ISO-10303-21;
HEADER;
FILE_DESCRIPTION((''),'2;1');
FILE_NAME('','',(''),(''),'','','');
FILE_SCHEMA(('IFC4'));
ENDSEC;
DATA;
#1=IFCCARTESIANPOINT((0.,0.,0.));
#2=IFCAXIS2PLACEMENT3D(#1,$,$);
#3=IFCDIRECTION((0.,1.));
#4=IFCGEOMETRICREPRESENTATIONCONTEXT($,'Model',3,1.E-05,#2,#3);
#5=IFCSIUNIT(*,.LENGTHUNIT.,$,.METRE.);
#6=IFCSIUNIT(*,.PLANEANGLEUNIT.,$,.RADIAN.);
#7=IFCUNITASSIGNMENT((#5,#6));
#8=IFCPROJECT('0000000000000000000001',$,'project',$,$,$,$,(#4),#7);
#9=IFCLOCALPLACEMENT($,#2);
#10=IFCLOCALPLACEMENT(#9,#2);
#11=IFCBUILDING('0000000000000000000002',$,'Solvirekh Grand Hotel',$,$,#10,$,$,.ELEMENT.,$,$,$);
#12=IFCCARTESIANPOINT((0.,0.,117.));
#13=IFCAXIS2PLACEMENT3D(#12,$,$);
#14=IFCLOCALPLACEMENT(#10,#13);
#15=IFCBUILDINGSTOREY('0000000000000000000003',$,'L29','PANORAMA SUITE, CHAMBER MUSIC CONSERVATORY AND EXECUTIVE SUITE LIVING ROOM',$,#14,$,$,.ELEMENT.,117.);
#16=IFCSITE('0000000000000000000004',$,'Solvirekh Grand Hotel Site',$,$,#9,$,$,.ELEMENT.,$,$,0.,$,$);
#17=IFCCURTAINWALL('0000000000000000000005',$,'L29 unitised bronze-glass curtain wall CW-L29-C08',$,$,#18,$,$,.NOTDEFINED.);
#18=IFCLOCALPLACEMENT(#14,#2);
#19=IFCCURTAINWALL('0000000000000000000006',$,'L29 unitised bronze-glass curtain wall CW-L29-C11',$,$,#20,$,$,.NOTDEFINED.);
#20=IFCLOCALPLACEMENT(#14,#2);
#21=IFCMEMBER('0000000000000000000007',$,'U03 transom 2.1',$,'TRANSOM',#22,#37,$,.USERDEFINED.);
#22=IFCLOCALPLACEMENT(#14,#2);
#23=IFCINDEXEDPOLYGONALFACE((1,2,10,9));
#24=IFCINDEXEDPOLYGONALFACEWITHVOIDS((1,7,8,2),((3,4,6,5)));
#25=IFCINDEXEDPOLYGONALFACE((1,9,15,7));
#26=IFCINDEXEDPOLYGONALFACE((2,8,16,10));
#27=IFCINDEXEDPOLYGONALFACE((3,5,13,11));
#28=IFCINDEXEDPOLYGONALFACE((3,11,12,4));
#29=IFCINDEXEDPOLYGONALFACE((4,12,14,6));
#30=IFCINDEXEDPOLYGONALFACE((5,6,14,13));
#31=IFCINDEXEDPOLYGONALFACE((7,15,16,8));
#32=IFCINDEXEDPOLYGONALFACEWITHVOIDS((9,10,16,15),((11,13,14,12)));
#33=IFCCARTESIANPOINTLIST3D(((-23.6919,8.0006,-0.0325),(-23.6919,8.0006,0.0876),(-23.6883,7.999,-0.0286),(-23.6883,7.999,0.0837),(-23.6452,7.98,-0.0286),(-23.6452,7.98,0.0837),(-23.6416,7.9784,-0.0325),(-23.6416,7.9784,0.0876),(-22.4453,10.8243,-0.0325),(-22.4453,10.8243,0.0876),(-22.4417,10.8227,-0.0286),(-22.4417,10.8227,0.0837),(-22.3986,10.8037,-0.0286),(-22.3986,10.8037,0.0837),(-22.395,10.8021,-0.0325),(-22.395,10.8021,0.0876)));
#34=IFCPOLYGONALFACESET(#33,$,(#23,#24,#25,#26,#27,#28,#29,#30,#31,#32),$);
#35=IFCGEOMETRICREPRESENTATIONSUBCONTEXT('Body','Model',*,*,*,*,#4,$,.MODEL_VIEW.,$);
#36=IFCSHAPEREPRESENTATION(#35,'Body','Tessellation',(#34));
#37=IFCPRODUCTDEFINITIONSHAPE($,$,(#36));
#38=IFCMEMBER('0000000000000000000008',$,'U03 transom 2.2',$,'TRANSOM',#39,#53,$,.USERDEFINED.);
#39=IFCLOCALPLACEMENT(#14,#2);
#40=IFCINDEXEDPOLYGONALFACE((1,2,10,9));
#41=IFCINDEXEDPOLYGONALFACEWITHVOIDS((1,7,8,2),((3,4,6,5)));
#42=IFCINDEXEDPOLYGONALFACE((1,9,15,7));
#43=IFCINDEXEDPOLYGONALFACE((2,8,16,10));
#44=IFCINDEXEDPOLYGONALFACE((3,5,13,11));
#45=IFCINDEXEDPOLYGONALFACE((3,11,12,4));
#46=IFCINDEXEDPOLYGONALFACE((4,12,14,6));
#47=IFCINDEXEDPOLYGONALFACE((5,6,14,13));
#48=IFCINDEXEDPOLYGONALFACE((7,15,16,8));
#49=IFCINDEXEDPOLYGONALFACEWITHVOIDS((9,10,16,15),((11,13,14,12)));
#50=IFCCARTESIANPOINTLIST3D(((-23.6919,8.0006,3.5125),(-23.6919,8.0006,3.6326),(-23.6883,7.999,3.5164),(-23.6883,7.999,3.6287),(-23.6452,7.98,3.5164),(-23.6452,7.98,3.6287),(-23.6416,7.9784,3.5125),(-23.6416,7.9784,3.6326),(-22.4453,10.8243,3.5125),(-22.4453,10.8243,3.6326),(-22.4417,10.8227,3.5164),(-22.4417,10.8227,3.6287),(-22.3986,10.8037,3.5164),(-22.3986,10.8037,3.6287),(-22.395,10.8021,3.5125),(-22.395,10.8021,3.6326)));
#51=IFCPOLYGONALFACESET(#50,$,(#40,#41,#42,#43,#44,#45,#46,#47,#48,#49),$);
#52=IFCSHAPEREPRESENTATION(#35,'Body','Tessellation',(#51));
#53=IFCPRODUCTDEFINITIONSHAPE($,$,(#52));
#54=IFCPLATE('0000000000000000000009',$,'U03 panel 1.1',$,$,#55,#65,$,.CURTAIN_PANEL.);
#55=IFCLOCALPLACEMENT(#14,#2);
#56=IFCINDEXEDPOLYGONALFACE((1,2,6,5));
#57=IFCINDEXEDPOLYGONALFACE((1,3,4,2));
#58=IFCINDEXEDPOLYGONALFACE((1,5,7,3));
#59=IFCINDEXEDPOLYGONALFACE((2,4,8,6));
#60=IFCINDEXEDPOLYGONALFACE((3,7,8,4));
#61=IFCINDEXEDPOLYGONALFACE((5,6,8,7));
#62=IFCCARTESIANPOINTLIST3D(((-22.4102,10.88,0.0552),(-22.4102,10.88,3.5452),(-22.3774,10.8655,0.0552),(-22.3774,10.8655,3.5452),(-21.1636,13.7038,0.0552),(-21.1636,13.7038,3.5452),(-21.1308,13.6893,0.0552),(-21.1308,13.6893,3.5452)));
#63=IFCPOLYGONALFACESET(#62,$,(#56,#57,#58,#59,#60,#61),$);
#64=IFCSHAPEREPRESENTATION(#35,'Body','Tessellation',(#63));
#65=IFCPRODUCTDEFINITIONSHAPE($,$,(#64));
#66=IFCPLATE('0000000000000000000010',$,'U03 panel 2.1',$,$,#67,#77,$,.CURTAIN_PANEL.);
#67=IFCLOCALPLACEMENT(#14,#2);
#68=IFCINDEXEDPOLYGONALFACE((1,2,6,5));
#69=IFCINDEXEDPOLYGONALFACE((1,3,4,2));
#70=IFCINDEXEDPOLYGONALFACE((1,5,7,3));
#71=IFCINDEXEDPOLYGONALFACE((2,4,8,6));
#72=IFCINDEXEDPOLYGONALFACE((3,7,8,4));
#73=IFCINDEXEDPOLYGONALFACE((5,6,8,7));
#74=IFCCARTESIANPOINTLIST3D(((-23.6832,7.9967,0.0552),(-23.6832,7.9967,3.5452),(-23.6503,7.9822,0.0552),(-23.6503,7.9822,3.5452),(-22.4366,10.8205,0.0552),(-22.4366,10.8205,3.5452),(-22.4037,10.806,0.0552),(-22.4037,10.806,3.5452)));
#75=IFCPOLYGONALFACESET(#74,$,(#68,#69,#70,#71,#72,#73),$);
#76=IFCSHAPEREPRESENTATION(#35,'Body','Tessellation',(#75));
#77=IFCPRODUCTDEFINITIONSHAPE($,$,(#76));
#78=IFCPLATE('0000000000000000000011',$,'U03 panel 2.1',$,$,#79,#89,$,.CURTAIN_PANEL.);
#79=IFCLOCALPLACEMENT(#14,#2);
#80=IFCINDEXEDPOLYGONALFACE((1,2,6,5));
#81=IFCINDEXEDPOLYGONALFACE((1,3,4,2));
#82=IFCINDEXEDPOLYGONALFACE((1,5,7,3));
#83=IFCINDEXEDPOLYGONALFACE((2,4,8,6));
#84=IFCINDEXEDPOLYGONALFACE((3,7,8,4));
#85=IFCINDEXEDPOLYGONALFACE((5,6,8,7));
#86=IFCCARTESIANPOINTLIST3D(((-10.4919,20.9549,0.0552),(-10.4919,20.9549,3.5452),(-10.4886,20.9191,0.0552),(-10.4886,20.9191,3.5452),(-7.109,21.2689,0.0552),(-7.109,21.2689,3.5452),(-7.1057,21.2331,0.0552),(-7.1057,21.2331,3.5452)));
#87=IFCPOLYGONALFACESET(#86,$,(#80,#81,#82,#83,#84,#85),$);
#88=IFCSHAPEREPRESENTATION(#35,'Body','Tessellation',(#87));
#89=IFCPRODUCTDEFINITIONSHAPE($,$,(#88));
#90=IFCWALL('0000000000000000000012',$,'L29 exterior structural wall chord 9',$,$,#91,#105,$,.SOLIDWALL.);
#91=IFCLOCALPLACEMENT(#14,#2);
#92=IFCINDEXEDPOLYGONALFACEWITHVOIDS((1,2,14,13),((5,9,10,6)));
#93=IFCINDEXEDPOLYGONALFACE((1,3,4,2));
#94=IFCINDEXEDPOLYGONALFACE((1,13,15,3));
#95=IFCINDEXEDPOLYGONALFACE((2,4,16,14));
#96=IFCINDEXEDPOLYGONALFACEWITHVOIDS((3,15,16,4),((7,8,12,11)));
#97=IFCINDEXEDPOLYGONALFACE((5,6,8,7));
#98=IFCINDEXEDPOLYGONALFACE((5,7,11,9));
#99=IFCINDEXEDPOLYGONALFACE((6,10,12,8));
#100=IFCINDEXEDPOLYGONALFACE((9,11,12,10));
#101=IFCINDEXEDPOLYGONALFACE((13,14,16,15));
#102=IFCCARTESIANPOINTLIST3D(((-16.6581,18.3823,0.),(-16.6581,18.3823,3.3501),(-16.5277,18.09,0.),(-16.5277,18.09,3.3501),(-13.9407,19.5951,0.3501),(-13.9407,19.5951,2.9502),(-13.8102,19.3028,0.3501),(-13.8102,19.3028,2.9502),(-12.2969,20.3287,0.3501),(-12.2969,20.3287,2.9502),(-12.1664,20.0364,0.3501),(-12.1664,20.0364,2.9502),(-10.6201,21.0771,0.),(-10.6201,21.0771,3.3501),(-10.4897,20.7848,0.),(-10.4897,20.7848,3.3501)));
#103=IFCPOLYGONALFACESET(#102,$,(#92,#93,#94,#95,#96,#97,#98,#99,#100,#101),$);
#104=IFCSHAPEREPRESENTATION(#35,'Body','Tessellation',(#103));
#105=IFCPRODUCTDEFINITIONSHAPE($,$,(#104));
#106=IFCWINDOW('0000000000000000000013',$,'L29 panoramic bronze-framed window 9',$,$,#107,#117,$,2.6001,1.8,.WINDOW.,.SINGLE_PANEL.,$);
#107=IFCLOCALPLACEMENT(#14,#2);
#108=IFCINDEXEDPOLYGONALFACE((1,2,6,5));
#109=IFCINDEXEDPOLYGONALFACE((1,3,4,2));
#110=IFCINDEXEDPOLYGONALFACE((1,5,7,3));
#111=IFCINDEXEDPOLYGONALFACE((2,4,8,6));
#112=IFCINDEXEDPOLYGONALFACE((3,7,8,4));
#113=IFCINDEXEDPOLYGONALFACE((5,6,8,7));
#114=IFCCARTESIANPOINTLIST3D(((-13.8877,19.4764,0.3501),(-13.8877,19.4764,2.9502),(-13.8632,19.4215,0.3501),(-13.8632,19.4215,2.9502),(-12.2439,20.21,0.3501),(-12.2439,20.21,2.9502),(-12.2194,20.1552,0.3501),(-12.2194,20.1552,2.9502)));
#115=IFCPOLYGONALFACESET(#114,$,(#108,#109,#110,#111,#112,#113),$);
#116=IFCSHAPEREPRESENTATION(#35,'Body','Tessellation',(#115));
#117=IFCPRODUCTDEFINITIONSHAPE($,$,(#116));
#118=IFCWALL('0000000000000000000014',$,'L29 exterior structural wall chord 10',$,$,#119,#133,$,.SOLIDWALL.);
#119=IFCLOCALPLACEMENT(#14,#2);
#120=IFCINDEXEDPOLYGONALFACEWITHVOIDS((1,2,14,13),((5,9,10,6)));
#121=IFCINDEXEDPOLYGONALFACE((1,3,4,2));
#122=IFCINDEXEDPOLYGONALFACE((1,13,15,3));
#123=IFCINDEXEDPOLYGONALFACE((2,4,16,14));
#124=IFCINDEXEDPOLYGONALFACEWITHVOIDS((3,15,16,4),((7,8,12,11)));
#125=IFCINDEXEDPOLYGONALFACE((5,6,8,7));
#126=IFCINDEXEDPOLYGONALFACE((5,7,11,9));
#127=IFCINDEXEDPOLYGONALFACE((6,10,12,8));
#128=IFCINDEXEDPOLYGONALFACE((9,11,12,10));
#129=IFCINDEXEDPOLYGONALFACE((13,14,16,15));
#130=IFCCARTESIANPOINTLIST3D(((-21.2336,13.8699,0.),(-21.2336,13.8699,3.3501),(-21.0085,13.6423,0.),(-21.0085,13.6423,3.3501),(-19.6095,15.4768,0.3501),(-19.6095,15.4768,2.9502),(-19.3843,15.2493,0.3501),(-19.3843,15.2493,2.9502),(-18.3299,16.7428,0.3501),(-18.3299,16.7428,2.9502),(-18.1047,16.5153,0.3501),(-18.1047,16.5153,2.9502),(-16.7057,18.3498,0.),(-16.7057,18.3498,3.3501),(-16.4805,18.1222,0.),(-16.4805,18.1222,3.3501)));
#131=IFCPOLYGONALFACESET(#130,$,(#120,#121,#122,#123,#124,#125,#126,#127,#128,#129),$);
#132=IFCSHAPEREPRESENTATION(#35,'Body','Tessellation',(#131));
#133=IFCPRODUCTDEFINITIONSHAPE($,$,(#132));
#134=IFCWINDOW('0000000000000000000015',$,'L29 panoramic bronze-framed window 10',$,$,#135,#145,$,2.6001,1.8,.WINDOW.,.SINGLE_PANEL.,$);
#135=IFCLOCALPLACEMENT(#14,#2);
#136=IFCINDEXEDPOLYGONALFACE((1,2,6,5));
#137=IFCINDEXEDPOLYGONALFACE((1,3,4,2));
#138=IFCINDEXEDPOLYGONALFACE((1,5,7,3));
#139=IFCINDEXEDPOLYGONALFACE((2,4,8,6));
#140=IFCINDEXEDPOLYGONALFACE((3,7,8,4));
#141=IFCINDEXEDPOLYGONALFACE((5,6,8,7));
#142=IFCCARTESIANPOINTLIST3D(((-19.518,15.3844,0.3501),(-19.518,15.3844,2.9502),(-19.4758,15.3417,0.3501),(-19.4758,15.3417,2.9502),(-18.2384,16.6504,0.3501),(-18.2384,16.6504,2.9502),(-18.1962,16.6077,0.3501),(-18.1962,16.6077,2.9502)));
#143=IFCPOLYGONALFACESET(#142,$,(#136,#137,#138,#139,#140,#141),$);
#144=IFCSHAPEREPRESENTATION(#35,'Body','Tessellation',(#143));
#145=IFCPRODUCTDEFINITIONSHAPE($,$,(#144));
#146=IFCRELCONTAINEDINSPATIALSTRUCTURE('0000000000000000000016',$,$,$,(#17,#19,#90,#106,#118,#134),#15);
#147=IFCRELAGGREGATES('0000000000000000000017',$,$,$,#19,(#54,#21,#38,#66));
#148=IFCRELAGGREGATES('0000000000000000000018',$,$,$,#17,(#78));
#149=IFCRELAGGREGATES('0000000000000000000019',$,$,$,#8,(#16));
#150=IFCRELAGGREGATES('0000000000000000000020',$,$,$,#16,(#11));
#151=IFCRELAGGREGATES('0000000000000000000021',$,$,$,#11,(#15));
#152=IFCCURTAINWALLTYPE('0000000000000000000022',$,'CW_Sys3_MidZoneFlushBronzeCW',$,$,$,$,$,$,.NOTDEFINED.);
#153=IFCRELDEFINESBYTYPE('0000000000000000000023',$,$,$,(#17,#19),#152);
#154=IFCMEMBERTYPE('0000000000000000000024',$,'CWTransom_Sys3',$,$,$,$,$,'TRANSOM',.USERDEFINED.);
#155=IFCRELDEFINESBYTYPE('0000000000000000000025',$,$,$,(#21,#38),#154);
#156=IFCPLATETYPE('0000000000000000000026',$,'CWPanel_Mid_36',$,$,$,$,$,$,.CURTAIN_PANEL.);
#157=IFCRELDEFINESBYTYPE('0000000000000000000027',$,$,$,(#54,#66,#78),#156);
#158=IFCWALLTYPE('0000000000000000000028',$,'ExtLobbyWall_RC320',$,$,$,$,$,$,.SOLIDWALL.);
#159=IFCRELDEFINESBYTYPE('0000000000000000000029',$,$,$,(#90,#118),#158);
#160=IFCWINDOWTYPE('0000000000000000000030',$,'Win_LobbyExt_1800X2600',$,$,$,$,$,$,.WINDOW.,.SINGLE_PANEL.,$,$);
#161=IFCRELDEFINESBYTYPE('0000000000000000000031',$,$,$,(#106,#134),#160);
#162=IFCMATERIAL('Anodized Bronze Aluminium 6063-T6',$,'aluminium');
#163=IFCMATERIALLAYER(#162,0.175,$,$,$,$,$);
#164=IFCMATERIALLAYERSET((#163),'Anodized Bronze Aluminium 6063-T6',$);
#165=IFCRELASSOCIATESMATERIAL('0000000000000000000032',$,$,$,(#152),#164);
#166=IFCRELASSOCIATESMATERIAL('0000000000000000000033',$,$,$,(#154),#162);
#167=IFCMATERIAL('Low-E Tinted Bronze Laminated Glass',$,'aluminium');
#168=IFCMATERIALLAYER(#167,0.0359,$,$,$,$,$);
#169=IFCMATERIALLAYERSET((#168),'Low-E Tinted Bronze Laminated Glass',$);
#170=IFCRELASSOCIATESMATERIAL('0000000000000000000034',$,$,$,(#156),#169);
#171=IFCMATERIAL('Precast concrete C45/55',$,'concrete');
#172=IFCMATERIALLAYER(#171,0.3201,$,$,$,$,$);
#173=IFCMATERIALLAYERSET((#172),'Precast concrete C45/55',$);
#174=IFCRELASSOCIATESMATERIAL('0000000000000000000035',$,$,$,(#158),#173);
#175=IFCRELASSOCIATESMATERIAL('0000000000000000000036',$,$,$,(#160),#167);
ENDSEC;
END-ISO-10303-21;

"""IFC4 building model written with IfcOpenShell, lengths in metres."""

from ifc_helpers import new_model, si_unit, direction, frame, frame_2d, origin, origin_2d, place, context, subcontext, project, spatial, rectangle, hollow_rectangle, extrude, source, transform, mapped, material, layer, layer_set, material_profile, profile_set, type_object, element, fill, aggregate, save


model = new_model("IFC4")

# Units and contexts
model_context = context("Model", 3, precision=1e-05, world=origin(), true_north=direction((0.0, 1.0)))
body_context = subcontext(model_context, "Body", "Model", "MODEL_VIEW")
ifc_project = project(units=[si_unit("LENGTHUNIT", "METRE"), si_unit("PLANEANGLEUNIT", "RADIAN")], contexts=[model_context])

# Site, building, storey
site_placement = place(None, origin())
site = spatial("IfcSite", under=ifc_project, at=site_placement, Name="Solvirekh Grand Hotel Site", CompositionType="ELEMENT", RefElevation=0.0)
building_placement = place(site_placement, origin())
building = spatial("IfcBuilding", under=site, at=building_placement, Name="Solvirekh Grand Hotel", CompositionType="ELEMENT")
storey_placement = place(building_placement, frame((0.0, 0.0, 117.0)))
storey = spatial("IfcBuildingStorey", under=building, at=storey_placement, Name="L29", Description="PANORAMA SUITE, CHAMBER MUSIC CONSERVATORY AND EXECUTIVE SUITE LIVING ROOM", CompositionType="ELEMENT", Elevation=117.0)

# Curtain wall
ifc_material_1 = material(Name="Anodized Bronze Aluminium 6063-T6", Category="aluminium")
ifc_layer_1 = layer(ifc_material_1, 0.175)
ifc_layer_set_1 = layer_set([ifc_layer_1], Name="Anodized Bronze Aluminium 6063-T6")
curtain_wall_type = type_object("IfcCurtainWallType", Name="CW_Sys3_MidZoneFlushBronzeCW", PredefinedType="NOTDEFINED", material=ifc_layer_set_1)
curtain_wall_1_placement = place(storey_placement, origin())
curtain_wall_1 = element("IfcCurtainWall", 1, at=curtain_wall_1_placement, inside=storey, type_object=curtain_wall_type, Name="L29 unitised bronze-glass curtain wall CW-L29-C08", PredefinedType="NOTDEFINED")

# Curtain wall, members, plates
curtain_wall_2_placement = place(storey_placement, origin())
curtain_wall_2 = element("IfcCurtainWall", 2, at=curtain_wall_2_placement, inside=storey, type_object=curtain_wall_type, Name="L29 unitised bronze-glass curtain wall CW-L29-C11", PredefinedType="NOTDEFINED")
ifc_material_profile_1 = material_profile(ifc_material_1, hollow_rectangle(XDim=0.0549, YDim=0.1201, WallThickness=0.0039, at=origin_2d()), Name="ALU RHS 120X55X4")
ifc_profile_set_1 = profile_set([ifc_material_profile_1], Name="Anodized Bronze Aluminium 6063-T6")
member_type_1 = type_object("IfcMemberType", Name="CWTransom_Sys3", ElementType="TRANSOM", PredefinedType="USERDEFINED", material=ifc_profile_set_1)
shared_shape_1 = source(origin(), body_context, "Body", "SweptSolid", [
    extrude(hollow_rectangle(XDim=0.0549, YDim=0.1201, WallThickness=0.0039, at=origin_2d()), origin(), (0.0, 0.0, 1.0), 3.0867),
])
member_1_placement = place(storey_placement, frame((-22.4202, 10.8132, 0.0276), z_axis=(-0.403862, -0.91482, 0.0), x_axis=(0.91482, -0.403862, 0.0)))
member_1 = element("IfcMember", 3, at=member_1_placement, type_object=member_type_1, Name="U03 transom 2.1", ObjectType="TRANSOM", PredefinedType="USERDEFINED", context=body_context, shape_type="MappedRepresentation", body=[
    mapped(shared_shape_1, transform((0.0, 0.0, 0.0), x_axis=(1.0, 0.0, 0.0), y_axis=(0.0, 1.0, 0.0), z_axis=(0.0, 0.0, 1.0), scale=1.0)),
])
member_2_placement = place(storey_placement, frame((-22.4202, 10.8132, 3.5725), z_axis=(-0.403862, -0.91482, 0.0), x_axis=(0.91482, -0.403862, 0.0)))
member_2 = element("IfcMember", 4, at=member_2_placement, type_object=member_type_1, Name="U03 transom 2.2", ObjectType="TRANSOM", PredefinedType="USERDEFINED", context=body_context, shape_type="MappedRepresentation", body=[
    mapped(shared_shape_1, transform((0.0, 0.0, 0.0), x_axis=(1.0, 0.0, 0.0), y_axis=(0.0, 1.0, 0.0), z_axis=(0.0, 0.0, 1.0), scale=1.0)),
])
ifc_material_2 = material(Name="Low-E Tinted Bronze Laminated Glass", Category="aluminium")
ifc_layer_2 = layer(ifc_material_2, 0.0359)
ifc_layer_set_2 = layer_set([ifc_layer_2], Name="Low-E Tinted Bronze Laminated Glass")
plate_type = type_object("IfcPlateType", Name="CWPanel_Mid_36", PredefinedType="CURTAIN_PANEL", material=ifc_layer_set_2)
shared_shape_2 = source(origin(), body_context, "Body", "SweptSolid", [
    extrude(rectangle(XDim=3.0867, YDim=0.0359, at=origin_2d()), origin(), (0.0, 0.0, 1.0), 3.49),
])
plate_1_placement = place(storey_placement, frame((-21.7705, 12.2847, 0.0552), z_axis=(0.0, 0.0, 1.0), x_axis=(-0.403864, -0.914819, 0.0)))
plate_1 = element("IfcPlate", 5, at=plate_1_placement, type_object=plate_type, Name="U03 panel 1.1", PredefinedType="CURTAIN_PANEL", context=body_context, shape_type="MappedRepresentation", body=[
    mapped(shared_shape_2, transform((0.0, 0.0, 0.0), x_axis=(1.0, 0.0, 0.0), y_axis=(0.0, 1.0, 0.0), z_axis=(0.0, 0.0, 1.0), scale=1.0)),
])
plate_2_placement = place(storey_placement, frame((-23.0435, 9.4014, 0.0552), z_axis=(0.0, 0.0, 1.0), x_axis=(-0.403864, -0.914819, 0.0)))
plate_2 = element("IfcPlate", 6, at=plate_2_placement, type_object=plate_type, Name="U03 panel 2.1", PredefinedType="CURTAIN_PANEL", context=body_context, shape_type="MappedRepresentation", body=[
    mapped(shared_shape_2, transform((0.0, 0.0, 0.0), x_axis=(1.0, 0.0, 0.0), y_axis=(0.0, 1.0, 0.0), z_axis=(0.0, 0.0, 1.0), scale=1.0)),
])
aggregate(curtain_wall_2, [plate_1, member_1, member_2, plate_2])

# Plate
shared_shape_3 = source(origin(), body_context, "Body", "SweptSolid", [
    extrude(rectangle(XDim=3.3975, YDim=0.0359, at=origin_2d()), origin(), (0.0, 0.0, 1.0), 3.49),
])
plate_3_placement = place(storey_placement, frame((-8.7988, 21.094, 0.0552), z_axis=(0.0, 0.0, 1.0), x_axis=(-0.99572, -0.092419, 0.0)))
plate_3 = element("IfcPlate", 7, at=plate_3_placement, type_object=plate_type, Name="U03 panel 2.1", PredefinedType="CURTAIN_PANEL", context=body_context, shape_type="MappedRepresentation", body=[
    mapped(shared_shape_3, transform((0.0, 0.0, 0.0), x_axis=(1.0, 0.0, 0.0), y_axis=(0.0, 1.0, 0.0), z_axis=(0.0, 0.0, 1.0), scale=1.0)),
])
aggregate(curtain_wall_1, [plate_3])

# Walls, openings, windows
ifc_material_3 = material(Name="Precast concrete C45/55", Category="concrete")
ifc_layer_3 = layer(ifc_material_3, 0.3201)
ifc_layer_set_3 = layer_set([ifc_layer_3], Name="Precast concrete C45/55")
wall_type_1 = type_object("IfcWallType", Name="ExtLobbyWall_RC320", PredefinedType="SOLIDWALL", material=ifc_layer_set_3)
wall_1_placement = place(storey_placement, frame((-16.593, 18.2361, 0.0), z_axis=(0.0, 0.0, 1.0), x_axis=(0.91318, 0.407556, 0.0)))
wall_1 = element("IfcWall", 8, at=wall_1_placement, inside=storey, type_object=wall_type_1, Name="L29 exterior structural wall chord 9", PredefinedType="SOLIDWALL", context=body_context, shape_type="SweptSolid", body=[
    extrude(rectangle(XDim=6.6121, YDim=0.3201, at=frame_2d((3.3062, 0.0))), origin(), (0.0, 0.0, 1.0), 3.3501),
])
opening_1_placement = place(wall_1_placement, frame((2.9761, 0.0, 0.3501)))
opening_1 = element("IfcOpeningElement", 9, at=opening_1_placement, cuts=wall_1, PredefinedType="OPENING", context=body_context, shape_type="SweptSolid", body=[
    extrude(rectangle(XDim=1.8, YDim=2.6001, at=frame_2d((0.8999, 1.3))), frame((0.0, 0.1699, 0.0), z_axis=(0.0, -1.0, 0.0), x_axis=(1.0, 0.0, 0.0)), (0.0, 0.0, 1.0), 0.3401),
])
window_type = type_object("IfcWindowType", Name="Win_LobbyExt_1800X2600", PartitioningType="SINGLE_PANEL", PredefinedType="WINDOW", material=ifc_material_2)
window_1_placement = place(opening_1_placement, origin())
window_1 = element("IfcWindow", 10, at=window_1_placement, inside=storey, type_object=window_type, Name="L29 panoramic bronze-framed window 9", OverallHeight=2.6001, OverallWidth=1.8, PartitioningType="SINGLE_PANEL", PredefinedType="WINDOW", context=body_context, shape_type="SweptSolid", body=[
    extrude(rectangle(XDim=1.8, YDim=2.6001, at=frame_2d((0.8999, 1.3))), frame((0.0, 0.03, 0.0), z_axis=(0.0, -1.0, 0.0), x_axis=(1.0, 0.0, 0.0)), (0.0, 0.0, 1.0), 0.0601),
])
fill(opening_1, window_1)
wall_2_placement = place(storey_placement, frame((-21.1211, 13.7561, 0.0), z_axis=(0.0, 0.0, 1.0), x_axis=(0.710872, 0.703321, 0.0)))
wall_2 = element("IfcWall", 11, at=wall_2_placement, inside=storey, type_object=wall_type_1, Name="L29 exterior structural wall chord 10", PredefinedType="SOLIDWALL", context=body_context, shape_type="SweptSolid", body=[
    extrude(rectangle(XDim=6.3696, YDim=0.3201, at=frame_2d((3.1848, 0.0))), origin(), (0.0, 0.0, 1.0), 3.3501),
])
opening_2_placement = place(wall_2_placement, frame((2.2849, 0.0, 0.3501)))
opening_2 = element("IfcOpeningElement", 12, at=opening_2_placement, cuts=wall_2, PredefinedType="OPENING", context=body_context, shape_type="SweptSolid", body=[
    extrude(rectangle(XDim=1.8, YDim=2.6001, at=frame_2d((0.8999, 1.3))), frame((0.0, 0.1699, 0.0), z_axis=(0.0, -1.0, 0.0), x_axis=(1.0, 0.0, 0.0)), (0.0, 0.0, 1.0), 0.3401),
])
window_2_placement = place(opening_2_placement, origin())
window_2 = element("IfcWindow", 13, at=window_2_placement, inside=storey, type_object=window_type, Name="L29 panoramic bronze-framed window 10", OverallHeight=2.6001, OverallWidth=1.8, PartitioningType="SINGLE_PANEL", PredefinedType="WINDOW", context=body_context, shape_type="SweptSolid", body=[
    extrude(rectangle(XDim=1.8, YDim=2.6001, at=frame_2d((0.8999, 1.3))), frame((0.0, 0.03, 0.0), z_axis=(0.0, -1.0, 0.0), x_axis=(1.0, 0.0, 0.0)), (0.0, 0.0, 1.0), 0.0601),
])
fill(opening_2, window_2)

save(model, "model.ifc")
